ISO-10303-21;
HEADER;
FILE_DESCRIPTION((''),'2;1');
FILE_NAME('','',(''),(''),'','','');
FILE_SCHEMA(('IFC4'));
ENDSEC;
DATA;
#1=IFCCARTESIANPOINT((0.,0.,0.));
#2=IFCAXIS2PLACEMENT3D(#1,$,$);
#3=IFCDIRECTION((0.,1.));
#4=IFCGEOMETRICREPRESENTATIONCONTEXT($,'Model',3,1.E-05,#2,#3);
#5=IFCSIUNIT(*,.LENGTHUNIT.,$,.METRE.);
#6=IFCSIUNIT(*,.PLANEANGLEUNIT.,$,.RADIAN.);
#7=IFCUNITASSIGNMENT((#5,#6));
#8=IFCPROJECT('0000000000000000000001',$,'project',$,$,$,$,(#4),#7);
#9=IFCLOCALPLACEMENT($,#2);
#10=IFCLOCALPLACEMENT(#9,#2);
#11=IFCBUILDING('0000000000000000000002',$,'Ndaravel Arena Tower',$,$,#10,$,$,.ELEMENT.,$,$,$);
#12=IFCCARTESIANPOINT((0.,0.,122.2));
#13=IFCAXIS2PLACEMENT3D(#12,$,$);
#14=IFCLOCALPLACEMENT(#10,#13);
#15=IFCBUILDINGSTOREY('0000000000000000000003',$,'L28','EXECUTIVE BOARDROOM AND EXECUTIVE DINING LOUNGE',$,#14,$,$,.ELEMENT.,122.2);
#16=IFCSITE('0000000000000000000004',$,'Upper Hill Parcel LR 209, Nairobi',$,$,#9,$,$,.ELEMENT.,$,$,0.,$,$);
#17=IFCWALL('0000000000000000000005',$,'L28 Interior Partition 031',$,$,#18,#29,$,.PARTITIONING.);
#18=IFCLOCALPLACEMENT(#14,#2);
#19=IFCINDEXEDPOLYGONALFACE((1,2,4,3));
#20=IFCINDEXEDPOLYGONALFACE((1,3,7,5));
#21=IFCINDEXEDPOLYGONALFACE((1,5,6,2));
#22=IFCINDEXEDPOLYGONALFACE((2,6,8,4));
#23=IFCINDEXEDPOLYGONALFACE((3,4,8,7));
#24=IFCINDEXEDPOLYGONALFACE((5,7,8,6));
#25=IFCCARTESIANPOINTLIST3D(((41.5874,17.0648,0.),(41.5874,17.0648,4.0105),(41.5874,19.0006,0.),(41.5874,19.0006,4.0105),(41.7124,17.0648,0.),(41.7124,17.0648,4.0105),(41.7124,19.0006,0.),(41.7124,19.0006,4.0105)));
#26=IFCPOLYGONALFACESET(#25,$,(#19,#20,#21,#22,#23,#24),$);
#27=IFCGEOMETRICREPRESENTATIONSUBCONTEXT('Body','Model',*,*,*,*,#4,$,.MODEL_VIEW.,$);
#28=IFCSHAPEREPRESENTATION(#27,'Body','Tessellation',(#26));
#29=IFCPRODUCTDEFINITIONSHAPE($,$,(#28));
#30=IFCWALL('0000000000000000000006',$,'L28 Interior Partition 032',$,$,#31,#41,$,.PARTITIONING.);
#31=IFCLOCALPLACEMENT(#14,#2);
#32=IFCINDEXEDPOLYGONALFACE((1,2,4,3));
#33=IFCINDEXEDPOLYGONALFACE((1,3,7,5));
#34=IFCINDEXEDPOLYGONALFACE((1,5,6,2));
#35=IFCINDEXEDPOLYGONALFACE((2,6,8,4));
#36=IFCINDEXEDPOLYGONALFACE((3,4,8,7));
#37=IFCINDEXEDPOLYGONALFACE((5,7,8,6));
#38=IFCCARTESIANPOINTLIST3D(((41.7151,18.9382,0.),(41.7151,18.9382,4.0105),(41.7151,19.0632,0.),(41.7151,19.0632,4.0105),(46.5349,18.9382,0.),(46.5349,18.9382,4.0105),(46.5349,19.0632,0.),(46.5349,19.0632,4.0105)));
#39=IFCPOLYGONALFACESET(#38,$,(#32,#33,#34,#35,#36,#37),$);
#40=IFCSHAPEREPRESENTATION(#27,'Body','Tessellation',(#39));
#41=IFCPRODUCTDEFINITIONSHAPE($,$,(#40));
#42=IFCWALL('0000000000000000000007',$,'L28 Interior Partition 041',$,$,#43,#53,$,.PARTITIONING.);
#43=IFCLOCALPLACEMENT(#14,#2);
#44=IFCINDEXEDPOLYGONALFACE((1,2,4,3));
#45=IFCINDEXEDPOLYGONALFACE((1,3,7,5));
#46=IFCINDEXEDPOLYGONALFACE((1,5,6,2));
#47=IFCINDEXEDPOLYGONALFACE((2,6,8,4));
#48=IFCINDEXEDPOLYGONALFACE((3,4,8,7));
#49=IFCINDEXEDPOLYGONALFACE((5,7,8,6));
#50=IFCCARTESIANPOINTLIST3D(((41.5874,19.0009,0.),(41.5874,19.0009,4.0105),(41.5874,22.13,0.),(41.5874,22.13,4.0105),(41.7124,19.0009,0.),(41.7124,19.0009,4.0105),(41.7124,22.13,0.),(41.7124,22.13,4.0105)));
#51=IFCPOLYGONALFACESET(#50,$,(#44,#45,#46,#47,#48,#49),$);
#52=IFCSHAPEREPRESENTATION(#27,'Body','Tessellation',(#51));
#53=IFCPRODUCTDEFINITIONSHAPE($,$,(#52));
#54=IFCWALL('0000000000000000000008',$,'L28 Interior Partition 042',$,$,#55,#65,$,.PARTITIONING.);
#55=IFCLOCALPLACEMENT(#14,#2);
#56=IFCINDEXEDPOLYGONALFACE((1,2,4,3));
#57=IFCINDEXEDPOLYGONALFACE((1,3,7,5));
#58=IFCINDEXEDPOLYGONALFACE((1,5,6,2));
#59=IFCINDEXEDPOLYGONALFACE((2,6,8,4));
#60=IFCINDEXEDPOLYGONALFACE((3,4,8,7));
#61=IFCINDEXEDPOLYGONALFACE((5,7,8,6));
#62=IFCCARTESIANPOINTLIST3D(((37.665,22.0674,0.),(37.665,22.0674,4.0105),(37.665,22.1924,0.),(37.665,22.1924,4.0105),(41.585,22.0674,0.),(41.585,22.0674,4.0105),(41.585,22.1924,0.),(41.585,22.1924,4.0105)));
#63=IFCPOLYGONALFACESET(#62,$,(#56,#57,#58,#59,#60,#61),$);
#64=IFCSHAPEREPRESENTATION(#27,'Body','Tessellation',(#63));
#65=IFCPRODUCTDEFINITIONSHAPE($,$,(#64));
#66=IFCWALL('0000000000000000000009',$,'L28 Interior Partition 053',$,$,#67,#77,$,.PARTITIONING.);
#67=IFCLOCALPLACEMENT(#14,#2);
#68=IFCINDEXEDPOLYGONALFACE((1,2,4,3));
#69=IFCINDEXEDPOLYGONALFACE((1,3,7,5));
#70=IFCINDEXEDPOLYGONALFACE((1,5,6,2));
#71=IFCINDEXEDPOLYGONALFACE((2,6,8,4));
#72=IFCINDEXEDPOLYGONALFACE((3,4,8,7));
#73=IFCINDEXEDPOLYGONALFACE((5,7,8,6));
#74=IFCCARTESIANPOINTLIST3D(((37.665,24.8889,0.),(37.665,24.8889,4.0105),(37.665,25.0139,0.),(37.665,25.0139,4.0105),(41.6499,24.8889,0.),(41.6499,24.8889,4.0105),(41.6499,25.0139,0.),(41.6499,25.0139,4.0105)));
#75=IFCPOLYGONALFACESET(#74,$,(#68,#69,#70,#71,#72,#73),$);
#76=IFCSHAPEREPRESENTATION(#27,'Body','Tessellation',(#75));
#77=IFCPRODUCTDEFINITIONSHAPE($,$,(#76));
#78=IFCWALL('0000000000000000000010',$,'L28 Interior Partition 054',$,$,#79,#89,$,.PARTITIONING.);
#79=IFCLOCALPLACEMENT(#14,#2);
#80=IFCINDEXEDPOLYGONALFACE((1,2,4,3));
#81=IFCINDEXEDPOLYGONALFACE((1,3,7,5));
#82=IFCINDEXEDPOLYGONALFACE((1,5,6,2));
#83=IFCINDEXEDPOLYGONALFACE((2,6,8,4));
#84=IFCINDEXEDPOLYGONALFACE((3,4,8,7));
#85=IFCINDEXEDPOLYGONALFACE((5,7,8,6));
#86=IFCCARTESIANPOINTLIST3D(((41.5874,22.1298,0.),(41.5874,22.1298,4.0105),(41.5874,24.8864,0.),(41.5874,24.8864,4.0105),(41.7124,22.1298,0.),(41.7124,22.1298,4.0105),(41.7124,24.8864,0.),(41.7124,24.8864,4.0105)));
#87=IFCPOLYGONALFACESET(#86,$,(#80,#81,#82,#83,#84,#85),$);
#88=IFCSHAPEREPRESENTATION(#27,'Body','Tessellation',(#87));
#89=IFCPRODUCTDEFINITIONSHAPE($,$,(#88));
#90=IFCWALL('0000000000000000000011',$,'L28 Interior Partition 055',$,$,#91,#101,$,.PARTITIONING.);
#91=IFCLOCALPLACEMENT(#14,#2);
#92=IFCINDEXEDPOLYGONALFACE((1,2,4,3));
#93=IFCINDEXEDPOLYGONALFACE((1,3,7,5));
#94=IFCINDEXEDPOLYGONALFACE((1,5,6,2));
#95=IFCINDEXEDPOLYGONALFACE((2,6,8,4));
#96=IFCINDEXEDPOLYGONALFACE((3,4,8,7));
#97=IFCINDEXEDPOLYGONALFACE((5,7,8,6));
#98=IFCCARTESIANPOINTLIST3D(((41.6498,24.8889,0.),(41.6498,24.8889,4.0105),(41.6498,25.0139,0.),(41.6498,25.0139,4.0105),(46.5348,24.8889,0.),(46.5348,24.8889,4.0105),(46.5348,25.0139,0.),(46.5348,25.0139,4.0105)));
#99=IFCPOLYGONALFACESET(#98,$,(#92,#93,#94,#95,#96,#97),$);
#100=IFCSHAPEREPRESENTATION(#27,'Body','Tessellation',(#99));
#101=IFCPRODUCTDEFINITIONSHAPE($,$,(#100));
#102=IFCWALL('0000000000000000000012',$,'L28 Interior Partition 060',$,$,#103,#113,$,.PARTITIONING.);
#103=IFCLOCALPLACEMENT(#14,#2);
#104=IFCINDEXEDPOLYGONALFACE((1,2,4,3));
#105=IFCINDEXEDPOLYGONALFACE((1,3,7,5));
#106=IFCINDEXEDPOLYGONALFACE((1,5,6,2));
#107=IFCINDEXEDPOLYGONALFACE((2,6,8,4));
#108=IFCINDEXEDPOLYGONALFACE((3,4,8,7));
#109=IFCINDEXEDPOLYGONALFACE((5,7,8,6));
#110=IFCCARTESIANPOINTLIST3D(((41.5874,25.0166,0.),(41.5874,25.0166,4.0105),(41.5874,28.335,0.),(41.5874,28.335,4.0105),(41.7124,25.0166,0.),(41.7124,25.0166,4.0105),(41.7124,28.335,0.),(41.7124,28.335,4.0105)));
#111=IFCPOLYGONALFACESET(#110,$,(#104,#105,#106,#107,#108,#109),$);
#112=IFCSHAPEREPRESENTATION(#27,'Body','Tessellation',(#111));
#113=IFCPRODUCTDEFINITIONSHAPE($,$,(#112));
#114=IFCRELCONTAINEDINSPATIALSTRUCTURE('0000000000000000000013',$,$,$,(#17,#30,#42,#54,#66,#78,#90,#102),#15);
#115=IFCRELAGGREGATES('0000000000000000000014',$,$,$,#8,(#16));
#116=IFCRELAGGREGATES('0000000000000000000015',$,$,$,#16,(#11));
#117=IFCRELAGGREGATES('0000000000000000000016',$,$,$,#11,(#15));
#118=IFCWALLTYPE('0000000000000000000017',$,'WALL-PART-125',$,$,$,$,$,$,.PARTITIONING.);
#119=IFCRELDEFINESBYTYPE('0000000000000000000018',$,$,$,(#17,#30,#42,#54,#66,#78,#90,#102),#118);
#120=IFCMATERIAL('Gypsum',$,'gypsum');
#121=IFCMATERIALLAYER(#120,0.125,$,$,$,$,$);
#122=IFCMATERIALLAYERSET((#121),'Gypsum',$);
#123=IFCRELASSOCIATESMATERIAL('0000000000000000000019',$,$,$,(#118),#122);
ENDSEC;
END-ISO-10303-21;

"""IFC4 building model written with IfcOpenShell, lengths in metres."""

from ifc_helpers import new_model, si_unit, direction, frame, frame_2d, origin, place, context, subcontext, project, spatial, rectangle, extrude, material, layer, layer_set, type_object, element, save


model = new_model("IFC4")

# Units and contexts
model_context = context("Model", 3, precision=1e-05, world=origin(), true_north=direction((0.0, 1.0)))
body_context = subcontext(model_context, "Body", "Model", "MODEL_VIEW")
ifc_project = project(units=[si_unit("LENGTHUNIT", "METRE"), si_unit("PLANEANGLEUNIT", "RADIAN")], contexts=[model_context])

# Site, building, storey
site_placement = place(None, origin())
site = spatial("IfcSite", under=ifc_project, at=site_placement, Name="Upper Hill Parcel LR 209, Nairobi", CompositionType="ELEMENT", RefElevation=0.0)
building_placement = place(site_placement, origin())
building = spatial("IfcBuilding", under=site, at=building_placement, Name="Ndaravel Arena Tower", CompositionType="ELEMENT")
storey_placement = place(building_placement, frame((0.0, 0.0, 122.2)))
storey = spatial("IfcBuildingStorey", under=building, at=storey_placement, Name="L28", Description="EXECUTIVE BOARDROOM AND EXECUTIVE DINING LOUNGE", CompositionType="ELEMENT", Elevation=122.2)

# Shared definitions
ifc_material_1 = material(Name="Gypsum", Category="gypsum")
ifc_layer = layer(ifc_material_1, 0.125)
ifc_layer_set = layer_set([ifc_layer], Name="Gypsum")
wall_type = type_object("IfcWallType", Name="WALL-PART-125", PredefinedType="PARTITIONING", material=ifc_layer_set)

# Walls
wall_1_placement = place(storey_placement, frame((41.6499, 17.0649, 0.0), z_axis=(0.0, 0.0, 1.0), x_axis=(0.0, 1.0, 0.0)))
element("IfcWall", 1, at=wall_1_placement, inside=storey, type_object=wall_type, Name="L28 Interior Partition 031", PredefinedType="PARTITIONING", context=body_context, shape_type="SweptSolid", body=[
    extrude(rectangle(XDim=1.9358, YDim=0.125, at=frame_2d((0.9678, 0.0))), origin(), (0.0, 0.0, 1.0), 4.0105),
])
wall_2_placement = place(storey_placement, frame((41.7151, 19.0007, 0.0), z_axis=(0.0, 0.0, 1.0), x_axis=(1.0, 0.0, 0.0)))
element("IfcWall", 2, at=wall_2_placement, inside=storey, type_object=wall_type, Name="L28 Interior Partition 032", PredefinedType="PARTITIONING", context=body_context, shape_type="SweptSolid", body=[
    extrude(rectangle(XDim=4.8198, YDim=0.125, at=frame_2d((2.4099, 0.0))), origin(), (0.0, 0.0, 1.0), 4.0105),
])
wall_3_placement = place(storey_placement, frame((41.6499, 22.1299, 0.0), z_axis=(0.0, 0.0, 1.0), x_axis=(0.0, -1.0, 0.0)))
element("IfcWall", 3, at=wall_3_placement, inside=storey, type_object=wall_type, Name="L28 Interior Partition 041", PredefinedType="PARTITIONING", context=body_context, shape_type="SweptSolid", body=[
    extrude(rectangle(XDim=3.1292, YDim=0.125, at=frame_2d((1.5645, 0.0))), origin(), (0.0, 0.0, 1.0), 4.0105),
])
wall_4_placement = place(storey_placement, frame((37.665, 22.1299, 0.0), z_axis=(0.0, 0.0, 1.0), x_axis=(1.0, 0.0, 0.0)))
element("IfcWall", 4, at=wall_4_placement, inside=storey, type_object=wall_type, Name="L28 Interior Partition 042", PredefinedType="PARTITIONING", context=body_context, shape_type="SweptSolid", body=[
    extrude(rectangle(XDim=3.9199, YDim=0.125, at=frame_2d((1.96, 0.0))), origin(), (0.0, 0.0, 1.0), 4.0105),
])
wall_5_placement = place(storey_placement, frame((37.665, 24.9514, 0.0), z_axis=(0.0, 0.0, 1.0), x_axis=(1.0, 0.0, 0.0)))
element("IfcWall", 5, at=wall_5_placement, inside=storey, type_object=wall_type, Name="L28 Interior Partition 053", PredefinedType="PARTITIONING", context=body_context, shape_type="SweptSolid", body=[
    extrude(rectangle(XDim=3.9849, YDim=0.125, at=frame_2d((1.9924, 0.0))), origin(), (0.0, 0.0, 1.0), 4.0105),
])
wall_6_placement = place(storey_placement, frame((41.6499, 24.8865, 0.0), z_axis=(0.0, 0.0, 1.0), x_axis=(0.0, -1.0, 0.0)))
element("IfcWall", 6, at=wall_6_placement, inside=storey, type_object=wall_type, Name="L28 Interior Partition 054", PredefinedType="PARTITIONING", context=body_context, shape_type="SweptSolid", body=[
    extrude(rectangle(XDim=2.7566, YDim=0.125, at=frame_2d((1.3784, 0.0))), origin(), (0.0, 0.0, 1.0), 4.0105),
])
wall_7_placement = place(storey_placement, frame((41.6499, 24.9514, 0.0), z_axis=(0.0, 0.0, 1.0), x_axis=(1.0, 0.0, 0.0)))
element("IfcWall", 7, at=wall_7_placement, inside=storey, type_object=wall_type, Name="L28 Interior Partition 055", PredefinedType="PARTITIONING", context=body_context, shape_type="SweptSolid", body=[
    extrude(rectangle(XDim=4.885, YDim=0.125, at=frame_2d((2.4424, 0.0))), origin(), (0.0, 0.0, 1.0), 4.0105),
])
wall_8_placement = place(storey_placement, frame((41.6499, 28.335, 0.0), z_axis=(0.0, 0.0, 1.0), x_axis=(0.0, -1.0, 0.0)))
element("IfcWall", 8, at=wall_8_placement, inside=storey, type_object=wall_type, Name="L28 Interior Partition 060", PredefinedType="PARTITIONING", context=body_context, shape_type="SweptSolid", body=[
    extrude(rectangle(XDim=3.3184, YDim=0.125, at=frame_2d((1.6592, 0.0))), origin(), (0.0, 0.0, 1.0), 4.0105),
])

save(model, "model.ifc")
